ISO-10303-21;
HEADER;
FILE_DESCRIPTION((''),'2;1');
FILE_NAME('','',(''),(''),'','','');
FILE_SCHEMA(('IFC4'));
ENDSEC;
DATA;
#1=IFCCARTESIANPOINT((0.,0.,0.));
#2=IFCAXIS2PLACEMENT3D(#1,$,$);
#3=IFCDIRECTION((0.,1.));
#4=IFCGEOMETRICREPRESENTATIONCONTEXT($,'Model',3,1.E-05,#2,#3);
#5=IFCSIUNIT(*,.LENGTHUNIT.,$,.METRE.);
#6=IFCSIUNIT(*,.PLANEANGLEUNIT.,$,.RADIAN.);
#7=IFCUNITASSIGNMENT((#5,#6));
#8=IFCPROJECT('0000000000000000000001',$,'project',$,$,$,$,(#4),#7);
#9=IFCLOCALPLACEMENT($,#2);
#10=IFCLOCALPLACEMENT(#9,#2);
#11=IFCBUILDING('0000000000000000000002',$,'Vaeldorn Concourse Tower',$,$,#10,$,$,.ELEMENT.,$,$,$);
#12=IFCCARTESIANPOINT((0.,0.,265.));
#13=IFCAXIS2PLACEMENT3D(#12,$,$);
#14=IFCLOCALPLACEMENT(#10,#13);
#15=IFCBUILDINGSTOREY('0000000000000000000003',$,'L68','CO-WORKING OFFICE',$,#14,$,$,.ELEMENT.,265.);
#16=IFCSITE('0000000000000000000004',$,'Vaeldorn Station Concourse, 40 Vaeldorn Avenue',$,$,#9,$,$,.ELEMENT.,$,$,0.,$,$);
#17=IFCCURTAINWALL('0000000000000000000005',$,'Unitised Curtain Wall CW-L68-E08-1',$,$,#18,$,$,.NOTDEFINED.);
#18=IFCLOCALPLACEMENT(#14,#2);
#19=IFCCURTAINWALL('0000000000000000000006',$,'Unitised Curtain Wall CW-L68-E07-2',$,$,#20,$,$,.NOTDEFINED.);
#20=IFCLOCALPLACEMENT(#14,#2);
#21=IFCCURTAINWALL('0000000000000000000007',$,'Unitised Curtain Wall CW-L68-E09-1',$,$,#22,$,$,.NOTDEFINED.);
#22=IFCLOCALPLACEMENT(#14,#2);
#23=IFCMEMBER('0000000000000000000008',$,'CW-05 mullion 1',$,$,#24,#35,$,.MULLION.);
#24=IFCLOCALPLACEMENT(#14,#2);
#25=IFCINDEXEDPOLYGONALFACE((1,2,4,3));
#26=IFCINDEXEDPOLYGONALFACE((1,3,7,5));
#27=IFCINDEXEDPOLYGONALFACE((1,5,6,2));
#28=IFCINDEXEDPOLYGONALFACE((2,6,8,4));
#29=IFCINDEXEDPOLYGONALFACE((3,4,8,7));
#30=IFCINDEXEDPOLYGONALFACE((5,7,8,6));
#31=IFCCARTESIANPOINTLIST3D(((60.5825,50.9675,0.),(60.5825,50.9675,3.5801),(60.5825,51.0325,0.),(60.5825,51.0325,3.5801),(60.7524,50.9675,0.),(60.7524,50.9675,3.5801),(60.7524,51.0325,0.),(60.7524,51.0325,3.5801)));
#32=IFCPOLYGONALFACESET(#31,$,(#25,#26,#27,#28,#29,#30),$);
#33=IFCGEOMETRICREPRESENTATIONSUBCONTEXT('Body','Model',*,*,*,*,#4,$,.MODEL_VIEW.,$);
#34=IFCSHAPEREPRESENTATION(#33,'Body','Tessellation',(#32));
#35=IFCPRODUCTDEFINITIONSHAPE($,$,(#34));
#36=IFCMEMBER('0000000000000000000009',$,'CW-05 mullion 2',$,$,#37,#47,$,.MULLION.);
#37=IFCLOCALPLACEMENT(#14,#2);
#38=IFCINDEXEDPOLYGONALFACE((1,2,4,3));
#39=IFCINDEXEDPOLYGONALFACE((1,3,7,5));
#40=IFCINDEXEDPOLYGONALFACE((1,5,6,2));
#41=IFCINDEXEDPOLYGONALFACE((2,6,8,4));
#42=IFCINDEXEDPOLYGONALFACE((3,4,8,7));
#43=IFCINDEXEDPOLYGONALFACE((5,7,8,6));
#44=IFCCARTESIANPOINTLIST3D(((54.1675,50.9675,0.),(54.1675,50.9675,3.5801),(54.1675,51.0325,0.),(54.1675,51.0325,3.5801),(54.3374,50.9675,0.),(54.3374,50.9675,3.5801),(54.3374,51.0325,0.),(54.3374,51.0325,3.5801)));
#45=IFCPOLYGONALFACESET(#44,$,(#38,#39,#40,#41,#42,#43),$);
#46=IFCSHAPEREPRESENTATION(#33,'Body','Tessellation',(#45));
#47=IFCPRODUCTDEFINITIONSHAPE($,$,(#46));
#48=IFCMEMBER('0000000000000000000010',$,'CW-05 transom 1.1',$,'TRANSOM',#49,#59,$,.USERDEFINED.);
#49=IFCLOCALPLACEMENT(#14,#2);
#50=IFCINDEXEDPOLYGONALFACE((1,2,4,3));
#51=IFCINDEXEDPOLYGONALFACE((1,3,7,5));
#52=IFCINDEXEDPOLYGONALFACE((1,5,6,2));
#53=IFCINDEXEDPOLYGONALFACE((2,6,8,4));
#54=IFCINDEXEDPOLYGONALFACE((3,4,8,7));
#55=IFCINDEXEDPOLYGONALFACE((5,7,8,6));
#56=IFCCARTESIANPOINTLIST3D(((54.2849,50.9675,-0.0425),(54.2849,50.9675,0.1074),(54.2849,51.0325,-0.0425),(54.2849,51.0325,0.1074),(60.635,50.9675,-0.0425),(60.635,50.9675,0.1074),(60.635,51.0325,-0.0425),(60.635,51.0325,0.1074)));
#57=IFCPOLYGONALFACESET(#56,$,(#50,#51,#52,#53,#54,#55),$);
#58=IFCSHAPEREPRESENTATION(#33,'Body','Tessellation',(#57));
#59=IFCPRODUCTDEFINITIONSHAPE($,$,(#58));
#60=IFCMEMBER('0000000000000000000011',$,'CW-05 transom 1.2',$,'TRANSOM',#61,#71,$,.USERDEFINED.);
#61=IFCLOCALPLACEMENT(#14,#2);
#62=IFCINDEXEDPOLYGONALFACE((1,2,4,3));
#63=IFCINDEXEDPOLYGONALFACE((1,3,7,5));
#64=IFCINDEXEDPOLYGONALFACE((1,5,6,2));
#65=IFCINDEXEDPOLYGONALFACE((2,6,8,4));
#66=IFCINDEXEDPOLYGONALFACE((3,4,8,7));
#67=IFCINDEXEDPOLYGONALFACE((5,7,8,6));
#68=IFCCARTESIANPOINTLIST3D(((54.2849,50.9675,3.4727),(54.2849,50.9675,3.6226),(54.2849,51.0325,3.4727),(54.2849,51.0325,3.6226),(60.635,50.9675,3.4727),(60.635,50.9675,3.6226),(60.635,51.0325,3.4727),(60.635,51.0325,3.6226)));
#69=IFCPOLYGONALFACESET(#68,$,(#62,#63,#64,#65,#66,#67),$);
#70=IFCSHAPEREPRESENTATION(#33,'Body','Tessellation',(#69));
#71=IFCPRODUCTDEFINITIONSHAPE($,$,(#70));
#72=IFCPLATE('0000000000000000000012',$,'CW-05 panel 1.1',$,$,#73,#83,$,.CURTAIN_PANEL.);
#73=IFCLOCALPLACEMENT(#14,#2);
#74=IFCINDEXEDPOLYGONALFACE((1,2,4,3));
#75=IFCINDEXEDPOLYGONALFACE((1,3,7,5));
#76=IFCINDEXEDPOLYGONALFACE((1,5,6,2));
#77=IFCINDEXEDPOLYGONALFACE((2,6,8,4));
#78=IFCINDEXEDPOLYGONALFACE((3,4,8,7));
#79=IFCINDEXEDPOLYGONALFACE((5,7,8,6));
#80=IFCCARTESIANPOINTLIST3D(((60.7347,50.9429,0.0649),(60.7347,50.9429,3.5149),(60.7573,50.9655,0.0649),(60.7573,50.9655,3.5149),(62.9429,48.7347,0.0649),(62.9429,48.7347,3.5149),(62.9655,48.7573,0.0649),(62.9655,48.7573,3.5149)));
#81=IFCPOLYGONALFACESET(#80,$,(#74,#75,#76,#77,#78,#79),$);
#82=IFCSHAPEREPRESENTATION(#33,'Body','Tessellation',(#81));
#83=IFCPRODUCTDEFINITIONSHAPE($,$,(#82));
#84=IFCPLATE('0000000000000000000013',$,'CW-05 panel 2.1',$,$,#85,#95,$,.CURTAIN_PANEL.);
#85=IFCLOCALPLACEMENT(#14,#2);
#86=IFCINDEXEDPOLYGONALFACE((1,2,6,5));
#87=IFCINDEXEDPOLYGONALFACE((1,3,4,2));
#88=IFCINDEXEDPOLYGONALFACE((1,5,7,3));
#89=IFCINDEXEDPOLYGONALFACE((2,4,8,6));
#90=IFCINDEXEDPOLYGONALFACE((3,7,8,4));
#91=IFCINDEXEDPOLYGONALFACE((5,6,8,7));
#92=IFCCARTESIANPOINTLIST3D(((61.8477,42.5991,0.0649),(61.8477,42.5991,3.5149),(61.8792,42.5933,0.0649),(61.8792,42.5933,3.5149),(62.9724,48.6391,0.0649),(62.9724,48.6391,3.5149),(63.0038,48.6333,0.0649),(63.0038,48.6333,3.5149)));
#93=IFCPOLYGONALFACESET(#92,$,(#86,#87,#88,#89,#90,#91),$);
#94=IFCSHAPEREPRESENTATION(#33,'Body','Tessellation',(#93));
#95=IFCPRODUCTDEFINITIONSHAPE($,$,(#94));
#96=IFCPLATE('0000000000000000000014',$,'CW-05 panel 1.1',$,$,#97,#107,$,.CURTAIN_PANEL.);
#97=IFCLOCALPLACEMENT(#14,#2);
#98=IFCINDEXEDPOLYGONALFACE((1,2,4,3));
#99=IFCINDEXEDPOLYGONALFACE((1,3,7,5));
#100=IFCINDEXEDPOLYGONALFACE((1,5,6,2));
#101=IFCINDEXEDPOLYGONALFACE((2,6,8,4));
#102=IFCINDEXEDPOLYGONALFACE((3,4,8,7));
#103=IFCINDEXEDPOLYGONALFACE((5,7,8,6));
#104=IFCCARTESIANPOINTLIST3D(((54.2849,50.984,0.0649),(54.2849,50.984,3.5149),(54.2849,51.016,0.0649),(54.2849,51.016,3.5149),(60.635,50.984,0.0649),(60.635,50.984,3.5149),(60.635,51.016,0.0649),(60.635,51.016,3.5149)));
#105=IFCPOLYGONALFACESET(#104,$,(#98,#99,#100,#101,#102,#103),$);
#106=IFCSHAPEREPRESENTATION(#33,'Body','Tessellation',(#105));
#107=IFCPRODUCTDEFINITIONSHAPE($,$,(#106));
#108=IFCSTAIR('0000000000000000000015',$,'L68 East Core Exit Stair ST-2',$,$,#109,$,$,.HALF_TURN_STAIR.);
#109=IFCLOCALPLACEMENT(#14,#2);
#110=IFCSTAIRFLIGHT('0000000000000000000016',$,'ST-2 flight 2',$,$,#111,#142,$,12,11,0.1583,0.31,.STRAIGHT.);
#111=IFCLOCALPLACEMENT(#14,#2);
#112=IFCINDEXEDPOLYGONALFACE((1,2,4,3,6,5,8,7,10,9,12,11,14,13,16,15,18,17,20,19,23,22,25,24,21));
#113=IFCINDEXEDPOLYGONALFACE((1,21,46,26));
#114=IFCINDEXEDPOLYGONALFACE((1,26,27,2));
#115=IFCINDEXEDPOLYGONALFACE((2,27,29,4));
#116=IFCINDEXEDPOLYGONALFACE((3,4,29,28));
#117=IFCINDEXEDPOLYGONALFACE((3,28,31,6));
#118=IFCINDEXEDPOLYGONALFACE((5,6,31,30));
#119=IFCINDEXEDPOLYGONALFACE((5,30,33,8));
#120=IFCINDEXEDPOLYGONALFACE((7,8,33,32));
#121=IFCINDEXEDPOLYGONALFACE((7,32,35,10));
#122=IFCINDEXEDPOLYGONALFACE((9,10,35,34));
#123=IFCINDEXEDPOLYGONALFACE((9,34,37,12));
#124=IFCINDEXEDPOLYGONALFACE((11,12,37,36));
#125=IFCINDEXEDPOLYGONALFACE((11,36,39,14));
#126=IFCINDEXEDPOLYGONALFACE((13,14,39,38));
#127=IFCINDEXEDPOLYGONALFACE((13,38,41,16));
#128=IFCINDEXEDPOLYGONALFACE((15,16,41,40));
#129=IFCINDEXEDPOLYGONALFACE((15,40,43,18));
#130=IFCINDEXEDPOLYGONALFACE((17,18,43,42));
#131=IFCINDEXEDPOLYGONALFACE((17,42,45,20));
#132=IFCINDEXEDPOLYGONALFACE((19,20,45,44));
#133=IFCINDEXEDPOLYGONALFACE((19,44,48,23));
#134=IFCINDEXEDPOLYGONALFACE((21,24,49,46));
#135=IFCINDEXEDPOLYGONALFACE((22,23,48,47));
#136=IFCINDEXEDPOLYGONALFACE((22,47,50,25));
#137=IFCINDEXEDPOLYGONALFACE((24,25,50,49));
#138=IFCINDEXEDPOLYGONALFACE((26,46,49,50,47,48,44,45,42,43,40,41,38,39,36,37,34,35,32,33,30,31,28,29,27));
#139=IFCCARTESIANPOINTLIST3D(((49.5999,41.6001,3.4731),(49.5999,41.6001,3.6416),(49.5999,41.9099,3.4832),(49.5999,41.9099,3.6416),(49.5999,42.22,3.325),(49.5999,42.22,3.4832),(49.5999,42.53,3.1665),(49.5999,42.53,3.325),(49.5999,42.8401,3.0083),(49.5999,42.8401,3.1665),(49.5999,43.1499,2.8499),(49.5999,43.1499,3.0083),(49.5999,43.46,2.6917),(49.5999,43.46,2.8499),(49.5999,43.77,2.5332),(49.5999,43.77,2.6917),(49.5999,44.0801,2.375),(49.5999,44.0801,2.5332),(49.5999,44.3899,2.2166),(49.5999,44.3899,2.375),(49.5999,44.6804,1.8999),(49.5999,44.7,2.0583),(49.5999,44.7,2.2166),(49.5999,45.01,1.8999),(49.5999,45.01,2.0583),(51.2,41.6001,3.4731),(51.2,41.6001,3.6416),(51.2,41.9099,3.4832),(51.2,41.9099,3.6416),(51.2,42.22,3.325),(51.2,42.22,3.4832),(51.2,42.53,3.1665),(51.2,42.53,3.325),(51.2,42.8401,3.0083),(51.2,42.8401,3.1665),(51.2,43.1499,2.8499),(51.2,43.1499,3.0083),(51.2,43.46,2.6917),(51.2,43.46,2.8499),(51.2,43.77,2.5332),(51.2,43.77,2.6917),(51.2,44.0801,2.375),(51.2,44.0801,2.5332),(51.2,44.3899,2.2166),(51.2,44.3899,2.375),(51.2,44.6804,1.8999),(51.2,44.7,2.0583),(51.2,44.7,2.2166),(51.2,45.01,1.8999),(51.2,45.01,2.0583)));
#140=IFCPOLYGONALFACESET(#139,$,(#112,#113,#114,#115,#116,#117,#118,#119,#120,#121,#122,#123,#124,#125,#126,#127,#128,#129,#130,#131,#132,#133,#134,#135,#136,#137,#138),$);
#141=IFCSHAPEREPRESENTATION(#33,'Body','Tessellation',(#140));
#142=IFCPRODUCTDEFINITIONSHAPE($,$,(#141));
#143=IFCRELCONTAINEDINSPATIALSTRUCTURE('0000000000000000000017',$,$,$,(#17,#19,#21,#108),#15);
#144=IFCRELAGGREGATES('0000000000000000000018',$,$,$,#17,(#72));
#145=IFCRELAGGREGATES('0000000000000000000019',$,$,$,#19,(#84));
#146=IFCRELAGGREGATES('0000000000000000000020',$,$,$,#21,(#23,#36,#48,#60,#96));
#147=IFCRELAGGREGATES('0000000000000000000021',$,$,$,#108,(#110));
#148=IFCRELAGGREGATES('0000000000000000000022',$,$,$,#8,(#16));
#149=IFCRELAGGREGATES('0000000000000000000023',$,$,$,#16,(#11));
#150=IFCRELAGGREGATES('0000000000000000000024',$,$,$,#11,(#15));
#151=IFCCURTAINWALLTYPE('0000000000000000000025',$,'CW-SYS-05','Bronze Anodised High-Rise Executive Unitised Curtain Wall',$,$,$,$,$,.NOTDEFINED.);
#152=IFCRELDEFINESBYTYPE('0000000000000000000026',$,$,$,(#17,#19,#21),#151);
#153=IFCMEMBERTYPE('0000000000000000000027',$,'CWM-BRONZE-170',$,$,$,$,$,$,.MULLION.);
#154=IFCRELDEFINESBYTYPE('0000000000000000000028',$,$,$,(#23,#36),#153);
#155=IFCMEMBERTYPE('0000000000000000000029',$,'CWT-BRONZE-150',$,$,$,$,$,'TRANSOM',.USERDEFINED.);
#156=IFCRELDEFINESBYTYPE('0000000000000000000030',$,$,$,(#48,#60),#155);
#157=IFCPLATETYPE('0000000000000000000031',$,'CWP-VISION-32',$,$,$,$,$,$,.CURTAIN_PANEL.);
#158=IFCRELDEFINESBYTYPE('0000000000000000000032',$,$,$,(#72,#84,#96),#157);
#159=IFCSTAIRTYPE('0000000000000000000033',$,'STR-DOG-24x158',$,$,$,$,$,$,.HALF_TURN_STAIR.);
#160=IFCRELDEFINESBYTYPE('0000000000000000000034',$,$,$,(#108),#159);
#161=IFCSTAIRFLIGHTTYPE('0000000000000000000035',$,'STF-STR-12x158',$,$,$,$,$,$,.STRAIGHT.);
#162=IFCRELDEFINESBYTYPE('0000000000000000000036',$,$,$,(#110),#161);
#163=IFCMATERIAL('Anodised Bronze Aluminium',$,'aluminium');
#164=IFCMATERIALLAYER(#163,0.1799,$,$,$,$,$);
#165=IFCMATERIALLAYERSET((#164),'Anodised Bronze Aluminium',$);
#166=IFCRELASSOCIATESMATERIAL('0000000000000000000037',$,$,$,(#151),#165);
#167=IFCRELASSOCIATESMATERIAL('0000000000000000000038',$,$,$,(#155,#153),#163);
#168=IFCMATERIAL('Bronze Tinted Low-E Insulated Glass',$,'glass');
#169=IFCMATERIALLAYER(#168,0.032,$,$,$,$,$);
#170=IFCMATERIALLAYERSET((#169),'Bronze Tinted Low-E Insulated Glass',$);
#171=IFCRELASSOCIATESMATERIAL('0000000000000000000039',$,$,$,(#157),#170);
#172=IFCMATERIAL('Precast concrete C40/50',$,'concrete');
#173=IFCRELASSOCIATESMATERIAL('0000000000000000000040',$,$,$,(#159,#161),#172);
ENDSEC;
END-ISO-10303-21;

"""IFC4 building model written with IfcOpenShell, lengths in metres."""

from ifc_helpers import new_model, si_unit, direction, frame, origin, origin_2d, place, context, subcontext, project, spatial, polyline, rectangle, outline, extrude, source, transform, mapped, material, layer, layer_set, material_profile, profile_set, type_object, element, aggregate, save


model = new_model("IFC4")

# Units and contexts
model_context = context("Model", 3, precision=1e-05, world=origin(), true_north=direction((0.0, 1.0)))
body_context = subcontext(model_context, "Body", "Model", "MODEL_VIEW")
ifc_project = project(units=[si_unit("LENGTHUNIT", "METRE"), si_unit("PLANEANGLEUNIT", "RADIAN")], contexts=[model_context])

# Site, building, storey
site_placement = place(None, origin())
site = spatial("IfcSite", under=ifc_project, at=site_placement, Name="Vaeldorn Station Concourse, 40 Vaeldorn Avenue", CompositionType="ELEMENT", RefElevation=0.0)
building_placement = place(site_placement, origin())
building = spatial("IfcBuilding", under=site, at=building_placement, Name="Vaeldorn Concourse Tower", CompositionType="ELEMENT")
storey_placement = place(building_placement, frame((0.0, 0.0, 265.0)))
storey = spatial("IfcBuildingStorey", under=building, at=storey_placement, Name="L68", Description="CO-WORKING OFFICE", CompositionType="ELEMENT", Elevation=265.0)

# Curtain wall
ifc_material_1 = material(Name="Anodised Bronze Aluminium", Category="aluminium")
ifc_layer_1 = layer(ifc_material_1, 0.1799)
ifc_layer_set_1 = layer_set([ifc_layer_1], Name="Anodised Bronze Aluminium")
curtain_wall_type = type_object("IfcCurtainWallType", Name="CW-SYS-05", Description="Bronze Anodised High-Rise Executive Unitised Curtain Wall", PredefinedType="NOTDEFINED", material=ifc_layer_set_1)
curtain_wall_1_placement = place(storey_placement, origin())
curtain_wall_1 = element("IfcCurtainWall", 1, at=curtain_wall_1_placement, inside=storey, type_object=curtain_wall_type, Name="Unitised Curtain Wall CW-L68-E08-1", PredefinedType="NOTDEFINED")
ifc_material_profile_1 = material_profile(ifc_material_1, rectangle(XDim=0.0649, YDim=0.1499, at=origin_2d()), Name="CWT 65x150")
ifc_profile_set_1 = profile_set([ifc_material_profile_1], Name="Anodised Bronze Aluminium")
member_type_1 = type_object("IfcMemberType", Name="CWT-BRONZE-150", ElementType="TRANSOM", PredefinedType="USERDEFINED", material=ifc_profile_set_1)

# Curtain wall
curtain_wall_2_placement = place(storey_placement, origin())
curtain_wall_2 = element("IfcCurtainWall", 2, at=curtain_wall_2_placement, inside=storey, type_object=curtain_wall_type, Name="Unitised Curtain Wall CW-L68-E07-2", PredefinedType="NOTDEFINED")
ifc_material_profile_2 = material_profile(ifc_material_1, rectangle(XDim=0.0649, YDim=0.1699, at=origin_2d()), Name="CWM 65x170")
ifc_profile_set_2 = profile_set([ifc_material_profile_2], Name="Anodised Bronze Aluminium")
member_type_2 = type_object("IfcMemberType", Name="CWM-BRONZE-170", PredefinedType="MULLION", material=ifc_profile_set_2)
shared_shape_1 = source(origin(), body_context, "Body", "SweptSolid", [
    extrude(rectangle(XDim=0.0649, YDim=0.1699, at=origin_2d()), origin(), (0.0, 0.0, 1.0), 3.5801),
])

# Curtain wall, members
curtain_wall_3_placement = place(storey_placement, origin())
curtain_wall_3 = element("IfcCurtainWall", 3, at=curtain_wall_3_placement, inside=storey, type_object=curtain_wall_type, Name="Unitised Curtain Wall CW-L68-E09-1", PredefinedType="NOTDEFINED")
member_1_placement = place(storey_placement, frame((60.6675, 51.0, 0.0), z_axis=(0.0, 0.0, 1.0), x_axis=(0.0, -1.0, 0.0)))
member_1 = element("IfcMember", 4, at=member_1_placement, type_object=member_type_2, Name="CW-05 mullion 1", PredefinedType="MULLION", context=body_context, shape_type="MappedRepresentation", body=[
    mapped(shared_shape_1, transform((0.0, 0.0, 0.0), scale=1.0)),
])
member_2_placement = place(storey_placement, frame((54.2524, 51.0, 0.0), z_axis=(0.0, 0.0, 1.0), x_axis=(0.0, -1.0, 0.0)))
member_2 = element("IfcMember", 5, at=member_2_placement, type_object=member_type_2, Name="CW-05 mullion 2", PredefinedType="MULLION", context=body_context, shape_type="MappedRepresentation", body=[
    mapped(shared_shape_1, transform((0.0, 0.0, 0.0), scale=1.0)),
])
shared_shape_2 = source(origin(), body_context, "Body", "SweptSolid", [
    extrude(rectangle(XDim=0.0649, YDim=0.1499, at=origin_2d()), origin(), (0.0, 0.0, 1.0), 6.3501),
])
member_3_placement = place(storey_placement, frame((60.635, 51.0, 0.0325), z_axis=(-1.0, 0.0, 0.0), x_axis=(0.0, -1.0, 0.0)))
member_3 = element("IfcMember", 6, at=member_3_placement, type_object=member_type_1, Name="CW-05 transom 1.1", ObjectType="TRANSOM", PredefinedType="USERDEFINED", context=body_context, shape_type="MappedRepresentation", body=[
    mapped(shared_shape_2, transform((0.0, 0.0, 0.0), scale=1.0)),
])
member_4_placement = place(storey_placement, frame((60.635, 51.0, 3.5476), z_axis=(-1.0, 0.0, 0.0), x_axis=(0.0, -1.0, 0.0)))
member_4 = element("IfcMember", 7, at=member_4_placement, type_object=member_type_1, Name="CW-05 transom 1.2", ObjectType="TRANSOM", PredefinedType="USERDEFINED", context=body_context, shape_type="MappedRepresentation", body=[
    mapped(shared_shape_2, transform((0.0, 0.0, 0.0), scale=1.0)),
])

# Plates
ifc_material_2 = material(Name="Bronze Tinted Low-E Insulated Glass", Category="glass")
ifc_layer_2 = layer(ifc_material_2, 0.032)
ifc_layer_set_2 = layer_set([ifc_layer_2], Name="Bronze Tinted Low-E Insulated Glass")
plate_type = type_object("IfcPlateType", Name="CWP-VISION-32", PredefinedType="CURTAIN_PANEL", material=ifc_layer_set_2)
shared_shape_3 = source(origin(), body_context, "Body", "SweptSolid", [
    extrude(rectangle(XDim=3.1228, YDim=0.032, at=origin_2d()), origin(), (0.0, 0.0, 1.0), 3.45),
])
plate_1_placement = place(storey_placement, frame((61.8501, 49.8501, 0.0649), z_axis=(0.0, 0.0, 1.0), x_axis=(-0.707107, 0.707107, 0.0)))
plate_1 = element("IfcPlate", 8, at=plate_1_placement, type_object=plate_type, Name="CW-05 panel 1.1", PredefinedType="CURTAIN_PANEL", context=body_context, shape_type="MappedRepresentation", body=[
    mapped(shared_shape_3, transform((0.0, 0.0, 0.0), scale=1.0)),
])
aggregate(curtain_wall_1, [plate_1])
shared_shape_4 = source(origin(), body_context, "Body", "SweptSolid", [
    extrude(rectangle(XDim=6.1438, YDim=0.032, at=origin_2d()), origin(), (0.0, 0.0, 1.0), 3.45),
])
plate_2_placement = place(storey_placement, frame((62.4258, 45.6162, 0.0649), z_axis=(0.0, 0.0, 1.0), x_axis=(0.183054, 0.983103, 0.0)))
plate_2 = element("IfcPlate", 9, at=plate_2_placement, type_object=plate_type, Name="CW-05 panel 2.1", PredefinedType="CURTAIN_PANEL", context=body_context, shape_type="MappedRepresentation", body=[
    mapped(shared_shape_4, transform((0.0, 0.0, 0.0), scale=1.0)),
])
aggregate(curtain_wall_2, [plate_2])
shared_shape_5 = source(origin(), body_context, "Body", "SweptSolid", [
    extrude(rectangle(XDim=6.3501, YDim=0.032, at=origin_2d()), origin(), (0.0, 0.0, 1.0), 3.45),
])
plate_3_placement = place(storey_placement, frame((57.46, 51.0, 0.0649), z_axis=(0.0, 0.0, 1.0), x_axis=(-1.0, 0.0, 0.0)))
plate_3 = element("IfcPlate", 10, at=plate_3_placement, type_object=plate_type, Name="CW-05 panel 1.1", PredefinedType="CURTAIN_PANEL", context=body_context, shape_type="MappedRepresentation", body=[
    mapped(shared_shape_5, transform((0.0, 0.0, 0.0), scale=1.0)),
])
aggregate(curtain_wall_3, [member_1, member_2, member_3, member_4, plate_3])

# Stair, stair flight
ifc_material_3 = material(Name="Precast concrete C40/50", Category="concrete")
stair_type = type_object("IfcStairType", Name="STR-DOG-24x158", PredefinedType="HALF_TURN_STAIR", material=ifc_material_3)
stair_placement = place(storey_placement, origin())
stair = element("IfcStair", 11, at=stair_placement, inside=storey, type_object=stair_type, Name="L68 East Core Exit Stair ST-2", PredefinedType="HALF_TURN_STAIR")
stair_flight_type = type_object("IfcStairFlightType", Name="STF-STR-12x158", PredefinedType="STRAIGHT", material=ifc_material_3)
stair_flight_placement = place(storey_placement, frame((50.3999, 45.01, 1.8999), z_axis=(0.0, 0.0, 1.0), x_axis=(0.0, -1.0, 0.0)))
stair_flight = element("IfcStairFlight", 12, at=stair_flight_placement, type_object=stair_flight_type, Name="ST-2 flight 2", NumberOfRisers=12, NumberOfTreads=11, PredefinedType="STRAIGHT", RiserHeight=0.1583, TreadLength=0.31, context=body_context, shape_type="SweptSolid", body=[
    extrude(outline(polyline([(0.0, 0.0), (0.0, 0.1584), (0.3101, 0.1584), (0.3101, 0.3167), (0.6201, 0.3167), (0.6201, 0.4751), (0.9299, 0.4751), (0.9299, 0.6333), (1.24, 0.6333), (1.24, 0.7917), (1.55, 0.7917), (1.55, 0.95), (1.8601, 0.95), (1.8601, 1.1084), (2.1699, 1.1084), (2.1699, 1.2666), (2.48, 1.2666), (2.48, 1.425), (2.79, 1.425), (2.79, 1.5833), (3.1001, 1.5833), (3.1001, 1.7417), (3.4099, 1.7417), (3.4099, 1.8999), (3.4099, 1.5732), (0.3296, 0.0), (0.0, 0.0)])), frame((0.0, 0.8, 0.0), z_axis=(0.0, -1.0, 0.0), x_axis=(1.0, 0.0, 0.0)), (0.0, 0.0, 1.0), 1.6001),
])
aggregate(stair, [stair_flight])

save(model, "model.ifc")
